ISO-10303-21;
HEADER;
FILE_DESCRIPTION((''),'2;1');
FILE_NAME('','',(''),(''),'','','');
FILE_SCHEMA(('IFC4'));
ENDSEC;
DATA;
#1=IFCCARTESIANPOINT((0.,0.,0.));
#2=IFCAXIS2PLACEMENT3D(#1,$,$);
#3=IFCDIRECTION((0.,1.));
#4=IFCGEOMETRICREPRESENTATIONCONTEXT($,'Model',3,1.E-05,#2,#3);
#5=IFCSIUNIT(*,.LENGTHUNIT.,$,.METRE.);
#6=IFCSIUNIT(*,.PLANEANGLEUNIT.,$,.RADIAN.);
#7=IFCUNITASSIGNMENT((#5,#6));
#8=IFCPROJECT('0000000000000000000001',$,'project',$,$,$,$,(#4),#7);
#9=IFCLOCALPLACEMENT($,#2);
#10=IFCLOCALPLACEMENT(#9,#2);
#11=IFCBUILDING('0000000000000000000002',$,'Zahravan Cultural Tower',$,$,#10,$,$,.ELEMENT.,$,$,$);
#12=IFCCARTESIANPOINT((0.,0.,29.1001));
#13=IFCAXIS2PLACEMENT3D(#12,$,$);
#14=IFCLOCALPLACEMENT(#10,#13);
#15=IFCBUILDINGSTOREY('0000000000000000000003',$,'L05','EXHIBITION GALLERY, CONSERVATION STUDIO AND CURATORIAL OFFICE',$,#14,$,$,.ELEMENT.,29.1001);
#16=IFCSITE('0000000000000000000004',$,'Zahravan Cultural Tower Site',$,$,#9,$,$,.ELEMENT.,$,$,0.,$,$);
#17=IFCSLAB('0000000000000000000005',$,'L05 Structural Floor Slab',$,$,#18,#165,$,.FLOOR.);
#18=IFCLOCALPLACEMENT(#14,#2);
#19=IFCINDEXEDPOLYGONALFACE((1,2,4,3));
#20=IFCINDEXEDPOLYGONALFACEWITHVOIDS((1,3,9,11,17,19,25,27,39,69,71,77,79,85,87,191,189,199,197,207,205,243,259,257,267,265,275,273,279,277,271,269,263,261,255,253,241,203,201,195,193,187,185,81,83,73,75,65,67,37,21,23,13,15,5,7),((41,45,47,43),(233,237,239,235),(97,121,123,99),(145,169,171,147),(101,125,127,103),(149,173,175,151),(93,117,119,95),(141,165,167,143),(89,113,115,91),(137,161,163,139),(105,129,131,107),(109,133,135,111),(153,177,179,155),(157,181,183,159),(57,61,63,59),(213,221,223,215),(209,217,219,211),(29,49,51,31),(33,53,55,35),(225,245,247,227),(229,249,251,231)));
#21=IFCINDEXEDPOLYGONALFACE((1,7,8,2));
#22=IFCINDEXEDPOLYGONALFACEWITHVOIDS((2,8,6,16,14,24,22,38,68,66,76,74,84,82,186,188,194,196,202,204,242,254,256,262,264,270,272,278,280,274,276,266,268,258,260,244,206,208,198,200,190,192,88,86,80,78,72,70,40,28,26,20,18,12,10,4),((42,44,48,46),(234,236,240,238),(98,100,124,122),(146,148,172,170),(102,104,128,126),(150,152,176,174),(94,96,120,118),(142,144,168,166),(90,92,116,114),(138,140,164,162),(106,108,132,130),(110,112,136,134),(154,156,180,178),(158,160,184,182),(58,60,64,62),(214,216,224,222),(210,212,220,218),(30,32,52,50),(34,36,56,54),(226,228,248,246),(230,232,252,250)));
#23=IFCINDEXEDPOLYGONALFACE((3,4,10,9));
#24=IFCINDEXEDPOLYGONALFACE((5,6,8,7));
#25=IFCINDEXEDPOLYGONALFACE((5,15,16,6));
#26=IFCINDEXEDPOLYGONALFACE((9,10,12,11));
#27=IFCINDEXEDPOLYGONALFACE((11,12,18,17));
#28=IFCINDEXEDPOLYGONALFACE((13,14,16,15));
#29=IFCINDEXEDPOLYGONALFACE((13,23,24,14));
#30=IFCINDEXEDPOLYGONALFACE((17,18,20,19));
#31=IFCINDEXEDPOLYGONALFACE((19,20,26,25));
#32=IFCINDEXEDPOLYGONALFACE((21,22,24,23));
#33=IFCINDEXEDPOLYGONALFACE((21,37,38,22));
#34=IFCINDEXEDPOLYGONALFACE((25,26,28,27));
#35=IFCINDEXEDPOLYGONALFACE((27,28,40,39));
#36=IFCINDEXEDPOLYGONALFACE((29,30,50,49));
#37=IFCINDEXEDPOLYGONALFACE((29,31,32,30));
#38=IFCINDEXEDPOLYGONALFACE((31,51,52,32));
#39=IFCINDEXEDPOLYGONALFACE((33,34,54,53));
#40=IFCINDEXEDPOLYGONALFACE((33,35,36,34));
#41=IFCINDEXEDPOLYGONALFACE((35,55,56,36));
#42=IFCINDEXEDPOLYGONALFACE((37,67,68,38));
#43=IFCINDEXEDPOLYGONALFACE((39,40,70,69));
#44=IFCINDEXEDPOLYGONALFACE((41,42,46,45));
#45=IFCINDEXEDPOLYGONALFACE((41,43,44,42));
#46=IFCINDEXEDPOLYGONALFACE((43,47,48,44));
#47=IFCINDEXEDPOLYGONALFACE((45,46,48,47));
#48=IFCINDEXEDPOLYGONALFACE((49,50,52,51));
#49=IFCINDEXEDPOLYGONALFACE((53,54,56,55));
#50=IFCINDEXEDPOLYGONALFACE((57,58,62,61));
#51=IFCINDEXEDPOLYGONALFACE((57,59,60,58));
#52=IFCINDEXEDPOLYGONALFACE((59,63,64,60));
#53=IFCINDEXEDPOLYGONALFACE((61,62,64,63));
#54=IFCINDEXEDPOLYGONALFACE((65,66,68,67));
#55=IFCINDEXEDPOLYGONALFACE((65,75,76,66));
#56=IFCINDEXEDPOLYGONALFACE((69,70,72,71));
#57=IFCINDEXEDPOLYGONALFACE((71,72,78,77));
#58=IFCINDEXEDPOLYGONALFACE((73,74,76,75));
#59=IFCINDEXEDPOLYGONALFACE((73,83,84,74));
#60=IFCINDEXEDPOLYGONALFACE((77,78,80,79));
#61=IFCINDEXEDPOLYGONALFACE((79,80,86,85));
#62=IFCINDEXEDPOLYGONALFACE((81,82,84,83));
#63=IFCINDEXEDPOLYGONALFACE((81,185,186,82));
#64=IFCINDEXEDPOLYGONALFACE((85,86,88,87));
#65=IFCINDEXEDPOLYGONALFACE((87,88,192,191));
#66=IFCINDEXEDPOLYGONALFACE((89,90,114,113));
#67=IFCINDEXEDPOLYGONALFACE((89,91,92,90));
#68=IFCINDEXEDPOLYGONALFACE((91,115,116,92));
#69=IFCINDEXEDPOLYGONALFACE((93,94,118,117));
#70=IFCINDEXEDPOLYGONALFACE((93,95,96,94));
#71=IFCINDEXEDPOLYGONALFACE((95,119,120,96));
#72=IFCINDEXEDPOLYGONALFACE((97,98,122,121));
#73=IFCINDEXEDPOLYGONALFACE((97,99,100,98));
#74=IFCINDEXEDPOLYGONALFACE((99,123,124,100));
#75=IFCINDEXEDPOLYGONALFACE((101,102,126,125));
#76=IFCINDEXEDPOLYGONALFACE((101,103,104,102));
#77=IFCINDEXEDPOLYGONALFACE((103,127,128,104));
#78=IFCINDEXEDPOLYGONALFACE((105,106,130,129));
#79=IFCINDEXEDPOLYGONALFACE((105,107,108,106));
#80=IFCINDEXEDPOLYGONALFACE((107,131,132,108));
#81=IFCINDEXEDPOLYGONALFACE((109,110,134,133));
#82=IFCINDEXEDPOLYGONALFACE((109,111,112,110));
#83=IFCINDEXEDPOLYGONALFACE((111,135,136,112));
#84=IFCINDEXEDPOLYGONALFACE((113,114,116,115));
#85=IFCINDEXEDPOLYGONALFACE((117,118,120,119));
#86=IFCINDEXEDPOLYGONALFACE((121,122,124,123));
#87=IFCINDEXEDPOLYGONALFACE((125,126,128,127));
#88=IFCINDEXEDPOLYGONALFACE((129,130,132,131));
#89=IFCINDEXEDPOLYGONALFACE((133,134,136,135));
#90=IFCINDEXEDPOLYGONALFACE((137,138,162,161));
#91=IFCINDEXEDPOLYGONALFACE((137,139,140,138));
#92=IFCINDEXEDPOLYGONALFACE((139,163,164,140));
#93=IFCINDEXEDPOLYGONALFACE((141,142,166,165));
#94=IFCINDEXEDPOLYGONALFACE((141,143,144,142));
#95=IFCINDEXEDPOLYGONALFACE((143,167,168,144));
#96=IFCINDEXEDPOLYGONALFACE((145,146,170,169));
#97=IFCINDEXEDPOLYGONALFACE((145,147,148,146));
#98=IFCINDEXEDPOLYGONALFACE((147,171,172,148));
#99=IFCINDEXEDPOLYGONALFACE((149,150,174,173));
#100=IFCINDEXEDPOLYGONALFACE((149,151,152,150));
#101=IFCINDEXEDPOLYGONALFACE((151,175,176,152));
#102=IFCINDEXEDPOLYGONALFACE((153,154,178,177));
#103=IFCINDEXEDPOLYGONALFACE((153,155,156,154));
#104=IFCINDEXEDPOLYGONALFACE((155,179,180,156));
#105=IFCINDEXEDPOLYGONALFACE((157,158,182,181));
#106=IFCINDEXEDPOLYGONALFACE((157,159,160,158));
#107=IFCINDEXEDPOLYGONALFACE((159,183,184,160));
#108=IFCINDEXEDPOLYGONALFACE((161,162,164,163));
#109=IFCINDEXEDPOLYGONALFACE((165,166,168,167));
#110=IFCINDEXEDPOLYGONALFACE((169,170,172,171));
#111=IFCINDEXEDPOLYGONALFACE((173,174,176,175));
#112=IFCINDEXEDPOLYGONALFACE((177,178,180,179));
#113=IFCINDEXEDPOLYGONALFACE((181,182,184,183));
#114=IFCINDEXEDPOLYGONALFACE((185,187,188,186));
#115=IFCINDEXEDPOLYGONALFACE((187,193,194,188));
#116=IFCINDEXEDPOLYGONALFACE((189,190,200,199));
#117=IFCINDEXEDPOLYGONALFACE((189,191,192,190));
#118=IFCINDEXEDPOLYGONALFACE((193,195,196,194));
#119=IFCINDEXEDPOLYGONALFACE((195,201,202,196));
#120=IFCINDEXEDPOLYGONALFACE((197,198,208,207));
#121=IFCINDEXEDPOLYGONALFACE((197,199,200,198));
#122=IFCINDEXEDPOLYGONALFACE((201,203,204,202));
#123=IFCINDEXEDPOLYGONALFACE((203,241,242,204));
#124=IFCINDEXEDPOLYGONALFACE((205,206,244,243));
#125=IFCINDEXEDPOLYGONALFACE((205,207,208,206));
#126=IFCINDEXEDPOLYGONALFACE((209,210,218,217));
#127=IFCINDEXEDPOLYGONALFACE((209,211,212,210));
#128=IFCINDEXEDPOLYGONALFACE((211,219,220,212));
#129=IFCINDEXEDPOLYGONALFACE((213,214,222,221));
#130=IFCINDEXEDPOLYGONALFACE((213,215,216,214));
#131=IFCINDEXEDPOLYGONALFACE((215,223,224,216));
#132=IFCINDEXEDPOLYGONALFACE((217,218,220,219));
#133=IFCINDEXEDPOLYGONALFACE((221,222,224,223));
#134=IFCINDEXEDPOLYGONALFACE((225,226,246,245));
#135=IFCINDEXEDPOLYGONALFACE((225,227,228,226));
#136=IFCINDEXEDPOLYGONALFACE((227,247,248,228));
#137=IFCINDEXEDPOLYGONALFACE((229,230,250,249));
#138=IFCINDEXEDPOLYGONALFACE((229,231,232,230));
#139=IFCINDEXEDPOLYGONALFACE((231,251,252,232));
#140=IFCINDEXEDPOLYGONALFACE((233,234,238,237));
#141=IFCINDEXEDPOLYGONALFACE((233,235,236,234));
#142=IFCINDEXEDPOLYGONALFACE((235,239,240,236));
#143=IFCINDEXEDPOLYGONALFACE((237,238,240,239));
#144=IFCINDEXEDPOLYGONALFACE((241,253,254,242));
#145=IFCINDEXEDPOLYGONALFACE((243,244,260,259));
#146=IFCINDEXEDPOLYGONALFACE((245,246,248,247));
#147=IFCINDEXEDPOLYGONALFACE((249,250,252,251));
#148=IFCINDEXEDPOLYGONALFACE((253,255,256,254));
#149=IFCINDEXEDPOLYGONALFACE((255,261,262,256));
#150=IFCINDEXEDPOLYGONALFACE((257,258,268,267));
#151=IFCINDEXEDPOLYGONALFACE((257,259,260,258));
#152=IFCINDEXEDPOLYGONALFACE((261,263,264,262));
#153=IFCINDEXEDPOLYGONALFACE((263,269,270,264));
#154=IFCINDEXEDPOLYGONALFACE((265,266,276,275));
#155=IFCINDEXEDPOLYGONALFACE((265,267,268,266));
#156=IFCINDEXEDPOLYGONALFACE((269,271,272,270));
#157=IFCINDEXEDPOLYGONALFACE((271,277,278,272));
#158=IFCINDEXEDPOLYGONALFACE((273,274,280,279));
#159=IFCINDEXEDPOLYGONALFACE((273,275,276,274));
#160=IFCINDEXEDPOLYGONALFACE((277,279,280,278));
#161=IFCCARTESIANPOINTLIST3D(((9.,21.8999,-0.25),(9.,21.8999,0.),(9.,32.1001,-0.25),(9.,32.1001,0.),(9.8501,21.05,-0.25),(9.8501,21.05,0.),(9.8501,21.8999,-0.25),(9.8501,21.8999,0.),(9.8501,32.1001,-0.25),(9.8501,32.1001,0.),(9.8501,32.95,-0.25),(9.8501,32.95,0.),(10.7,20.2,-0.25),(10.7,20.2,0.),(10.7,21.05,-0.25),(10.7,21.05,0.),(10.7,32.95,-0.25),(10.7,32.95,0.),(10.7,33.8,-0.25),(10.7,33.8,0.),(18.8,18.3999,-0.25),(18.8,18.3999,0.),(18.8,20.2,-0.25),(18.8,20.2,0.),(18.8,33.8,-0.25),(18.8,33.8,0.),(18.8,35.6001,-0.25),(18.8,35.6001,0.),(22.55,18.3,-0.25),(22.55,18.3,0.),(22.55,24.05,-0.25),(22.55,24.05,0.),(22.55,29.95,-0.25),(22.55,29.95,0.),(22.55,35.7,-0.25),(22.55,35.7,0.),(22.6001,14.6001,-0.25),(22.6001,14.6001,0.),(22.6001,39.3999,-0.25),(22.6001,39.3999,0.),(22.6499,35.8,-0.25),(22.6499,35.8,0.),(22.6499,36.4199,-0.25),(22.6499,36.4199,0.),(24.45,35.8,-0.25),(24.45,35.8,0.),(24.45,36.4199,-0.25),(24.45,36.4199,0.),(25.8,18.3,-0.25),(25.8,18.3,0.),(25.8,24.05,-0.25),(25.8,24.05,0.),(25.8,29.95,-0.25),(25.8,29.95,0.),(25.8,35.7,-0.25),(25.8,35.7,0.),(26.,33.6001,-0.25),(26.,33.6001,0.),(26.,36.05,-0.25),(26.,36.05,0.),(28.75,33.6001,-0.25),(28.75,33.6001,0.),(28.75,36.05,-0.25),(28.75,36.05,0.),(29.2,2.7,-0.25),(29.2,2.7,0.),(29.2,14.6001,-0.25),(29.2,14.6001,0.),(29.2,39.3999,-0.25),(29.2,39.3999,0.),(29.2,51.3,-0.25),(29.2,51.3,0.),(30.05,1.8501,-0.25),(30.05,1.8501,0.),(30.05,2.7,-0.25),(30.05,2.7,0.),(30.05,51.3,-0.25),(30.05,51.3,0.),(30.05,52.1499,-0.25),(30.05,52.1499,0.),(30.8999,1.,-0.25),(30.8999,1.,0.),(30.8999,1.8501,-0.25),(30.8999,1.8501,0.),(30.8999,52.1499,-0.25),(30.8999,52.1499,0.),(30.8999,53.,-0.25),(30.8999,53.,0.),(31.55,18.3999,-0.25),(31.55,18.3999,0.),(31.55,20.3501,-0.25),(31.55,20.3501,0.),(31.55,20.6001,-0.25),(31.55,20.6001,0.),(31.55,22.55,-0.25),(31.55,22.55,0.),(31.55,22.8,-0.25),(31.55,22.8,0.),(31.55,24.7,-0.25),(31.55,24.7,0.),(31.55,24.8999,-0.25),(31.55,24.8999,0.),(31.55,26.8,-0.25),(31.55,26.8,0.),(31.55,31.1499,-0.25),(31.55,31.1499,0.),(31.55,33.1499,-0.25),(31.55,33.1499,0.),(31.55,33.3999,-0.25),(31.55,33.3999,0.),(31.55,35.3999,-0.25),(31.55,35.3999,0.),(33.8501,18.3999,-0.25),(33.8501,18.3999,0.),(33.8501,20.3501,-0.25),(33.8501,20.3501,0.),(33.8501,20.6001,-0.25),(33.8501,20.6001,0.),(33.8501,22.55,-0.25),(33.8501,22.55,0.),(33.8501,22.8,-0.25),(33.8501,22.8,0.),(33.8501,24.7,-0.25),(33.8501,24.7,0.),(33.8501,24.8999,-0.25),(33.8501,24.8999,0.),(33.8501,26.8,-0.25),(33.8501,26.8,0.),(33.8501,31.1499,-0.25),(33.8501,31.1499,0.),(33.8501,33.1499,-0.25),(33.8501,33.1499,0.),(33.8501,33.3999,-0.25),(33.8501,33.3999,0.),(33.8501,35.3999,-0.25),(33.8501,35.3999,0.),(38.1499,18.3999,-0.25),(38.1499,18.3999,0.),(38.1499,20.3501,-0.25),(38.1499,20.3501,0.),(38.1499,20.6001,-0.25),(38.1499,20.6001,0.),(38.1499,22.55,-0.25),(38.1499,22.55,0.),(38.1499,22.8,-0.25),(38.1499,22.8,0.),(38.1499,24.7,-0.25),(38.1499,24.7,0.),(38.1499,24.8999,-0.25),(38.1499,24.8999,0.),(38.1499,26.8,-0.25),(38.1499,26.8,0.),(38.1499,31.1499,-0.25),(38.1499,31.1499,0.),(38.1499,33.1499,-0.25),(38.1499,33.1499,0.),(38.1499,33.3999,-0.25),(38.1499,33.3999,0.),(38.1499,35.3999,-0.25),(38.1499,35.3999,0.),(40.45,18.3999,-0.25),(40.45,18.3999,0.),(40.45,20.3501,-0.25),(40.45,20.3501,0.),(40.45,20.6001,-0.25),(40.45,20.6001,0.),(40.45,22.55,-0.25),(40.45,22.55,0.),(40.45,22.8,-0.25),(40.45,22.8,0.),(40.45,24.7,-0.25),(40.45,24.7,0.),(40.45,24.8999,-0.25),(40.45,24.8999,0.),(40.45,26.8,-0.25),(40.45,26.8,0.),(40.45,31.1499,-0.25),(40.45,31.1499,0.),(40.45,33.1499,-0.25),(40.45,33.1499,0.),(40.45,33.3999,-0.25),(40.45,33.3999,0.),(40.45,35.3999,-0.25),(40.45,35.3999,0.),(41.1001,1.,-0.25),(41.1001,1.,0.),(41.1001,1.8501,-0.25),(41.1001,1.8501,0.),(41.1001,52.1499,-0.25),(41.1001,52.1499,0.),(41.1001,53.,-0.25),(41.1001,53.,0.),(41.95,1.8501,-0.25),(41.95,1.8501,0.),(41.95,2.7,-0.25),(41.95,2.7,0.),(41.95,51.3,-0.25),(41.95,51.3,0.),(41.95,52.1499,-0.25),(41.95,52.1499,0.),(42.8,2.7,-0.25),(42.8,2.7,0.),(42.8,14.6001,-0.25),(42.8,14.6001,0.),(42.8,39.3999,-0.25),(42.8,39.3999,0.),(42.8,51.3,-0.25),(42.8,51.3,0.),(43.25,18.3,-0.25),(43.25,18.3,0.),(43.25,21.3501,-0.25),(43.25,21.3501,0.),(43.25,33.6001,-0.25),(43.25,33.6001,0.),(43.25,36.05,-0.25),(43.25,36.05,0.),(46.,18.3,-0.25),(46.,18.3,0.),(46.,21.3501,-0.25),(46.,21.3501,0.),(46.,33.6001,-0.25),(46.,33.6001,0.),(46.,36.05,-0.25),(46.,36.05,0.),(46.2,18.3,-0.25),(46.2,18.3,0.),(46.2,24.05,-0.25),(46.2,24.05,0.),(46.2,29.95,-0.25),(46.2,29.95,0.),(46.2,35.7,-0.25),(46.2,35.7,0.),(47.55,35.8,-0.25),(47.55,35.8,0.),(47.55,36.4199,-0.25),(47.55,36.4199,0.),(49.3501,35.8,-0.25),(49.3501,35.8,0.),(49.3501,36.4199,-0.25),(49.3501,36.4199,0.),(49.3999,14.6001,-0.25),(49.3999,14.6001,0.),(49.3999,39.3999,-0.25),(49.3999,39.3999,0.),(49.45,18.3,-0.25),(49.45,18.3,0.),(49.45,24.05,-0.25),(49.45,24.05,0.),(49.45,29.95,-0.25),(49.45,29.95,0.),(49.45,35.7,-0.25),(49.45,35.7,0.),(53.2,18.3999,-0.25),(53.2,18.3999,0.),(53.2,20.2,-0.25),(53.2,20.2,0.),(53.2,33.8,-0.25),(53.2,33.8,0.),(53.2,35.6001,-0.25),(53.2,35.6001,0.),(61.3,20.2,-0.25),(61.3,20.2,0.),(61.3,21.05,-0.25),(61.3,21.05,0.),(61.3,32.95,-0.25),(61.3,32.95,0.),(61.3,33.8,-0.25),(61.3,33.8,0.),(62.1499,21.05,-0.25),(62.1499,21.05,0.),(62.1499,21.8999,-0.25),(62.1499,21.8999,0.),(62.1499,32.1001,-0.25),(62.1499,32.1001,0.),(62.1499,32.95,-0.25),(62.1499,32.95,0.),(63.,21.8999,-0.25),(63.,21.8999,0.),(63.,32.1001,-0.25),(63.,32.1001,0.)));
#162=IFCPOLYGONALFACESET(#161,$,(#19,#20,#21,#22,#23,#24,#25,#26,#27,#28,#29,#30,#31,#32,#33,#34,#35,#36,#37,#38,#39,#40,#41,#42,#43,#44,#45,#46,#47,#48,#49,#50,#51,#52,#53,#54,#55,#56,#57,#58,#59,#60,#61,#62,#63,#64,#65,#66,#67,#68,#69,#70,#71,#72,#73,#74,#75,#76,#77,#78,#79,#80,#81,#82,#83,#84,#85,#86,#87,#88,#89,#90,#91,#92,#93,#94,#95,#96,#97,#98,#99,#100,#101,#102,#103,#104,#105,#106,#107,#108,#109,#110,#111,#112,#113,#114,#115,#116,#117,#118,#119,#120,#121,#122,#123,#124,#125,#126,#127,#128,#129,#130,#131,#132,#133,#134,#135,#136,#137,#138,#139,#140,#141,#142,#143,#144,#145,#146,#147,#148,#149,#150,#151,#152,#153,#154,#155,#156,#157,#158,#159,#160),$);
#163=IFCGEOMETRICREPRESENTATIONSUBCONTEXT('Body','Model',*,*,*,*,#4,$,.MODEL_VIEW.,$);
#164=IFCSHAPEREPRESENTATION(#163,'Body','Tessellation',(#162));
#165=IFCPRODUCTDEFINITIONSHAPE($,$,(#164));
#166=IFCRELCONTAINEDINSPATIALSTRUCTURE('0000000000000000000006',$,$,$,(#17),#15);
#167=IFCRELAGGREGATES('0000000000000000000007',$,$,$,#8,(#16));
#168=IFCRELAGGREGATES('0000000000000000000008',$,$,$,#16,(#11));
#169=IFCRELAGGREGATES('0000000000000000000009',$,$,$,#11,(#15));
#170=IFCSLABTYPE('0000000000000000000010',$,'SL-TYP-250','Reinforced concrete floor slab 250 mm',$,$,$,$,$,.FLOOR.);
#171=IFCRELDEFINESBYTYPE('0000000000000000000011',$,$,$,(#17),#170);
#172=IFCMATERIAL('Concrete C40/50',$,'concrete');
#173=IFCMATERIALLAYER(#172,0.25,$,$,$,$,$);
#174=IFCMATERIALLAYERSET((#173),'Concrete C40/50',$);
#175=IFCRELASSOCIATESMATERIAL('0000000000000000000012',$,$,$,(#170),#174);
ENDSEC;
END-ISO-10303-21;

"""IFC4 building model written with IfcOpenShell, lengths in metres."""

from ifc_helpers import new_model, si_unit, direction, frame, origin, place, context, subcontext, project, spatial, polyline, outline, extrude, material, layer, layer_set, type_object, element, save


model = new_model("IFC4")

# Units and contexts
model_context = context("Model", 3, precision=1e-05, world=origin(), true_north=direction((0.0, 1.0)))
body_context = subcontext(model_context, "Body", "Model", "MODEL_VIEW")
ifc_project = project(units=[si_unit("LENGTHUNIT", "METRE"), si_unit("PLANEANGLEUNIT", "RADIAN")], contexts=[model_context])

# Site, building, storey
site_placement = place(None, origin())
site = spatial("IfcSite", under=ifc_project, at=site_placement, Name="Zahravan Cultural Tower Site", CompositionType="ELEMENT", RefElevation=0.0)
building_placement = place(site_placement, origin())
building = spatial("IfcBuilding", under=site, at=building_placement, Name="Zahravan Cultural Tower", CompositionType="ELEMENT")
storey_placement = place(building_placement, frame((0.0, 0.0, 29.1001)))
storey = spatial("IfcBuildingStorey", under=building, at=storey_placement, Name="L05", Description="EXHIBITION GALLERY, CONSERVATION STUDIO AND CURATORIAL OFFICE", CompositionType="ELEMENT", Elevation=29.1001)

# Slab
ifc_material_1 = material(Name="Concrete C40/50", Category="concrete")
ifc_layer_1 = layer(ifc_material_1, 0.25)
ifc_layer_set_1 = layer_set([ifc_layer_1], Name="Concrete C40/50")
slab_type_1 = type_object("IfcSlabType", Name="SL-TYP-250", Description="Reinforced concrete floor slab 250 mm", PredefinedType="FLOOR", material=ifc_layer_set_1)
slab_1_placement = place(storey_placement, frame((0.0, 0.0, -0.25)))
element("IfcSlab", 1, at=slab_1_placement, inside=storey, type_object=slab_type_1, Name="L05 Structural Floor Slab", PredefinedType="FLOOR", context=body_context, shape_type="SweptSolid", body=[
    extrude(outline(polyline([(53.2, 33.8), (53.2, 35.6001), (49.3999, 39.3999), (42.8, 39.3999), (42.8, 51.3), (41.95, 51.3), (41.95, 52.1499), (41.1001, 52.1499), (41.1001, 53.0), (30.8999, 53.0), (30.8999, 52.1499), (30.05, 52.1499), (30.05, 51.3), (29.2, 51.3), (29.2, 39.3999), (22.6001, 39.3999), (18.8, 35.6001), (18.8, 33.8), (10.7, 33.8), (10.7, 32.95), (9.8501, 32.95), (9.8501, 32.1001), (9.0, 32.1001), (9.0, 21.8999), (9.8501, 21.8999), (9.8501, 21.05), (10.7, 21.05), (10.7, 20.2), (18.8, 20.2), (18.8, 18.3999), (22.6001, 14.6001), (29.2, 14.6001), (29.2, 2.7), (30.05, 2.7), (30.05, 1.8501), (30.8999, 1.8501), (30.8999, 1.0), (41.1001, 1.0), (41.1001, 1.8501), (41.95, 1.8501), (41.95, 2.7), (42.8, 2.7), (42.8, 14.6001), (49.3999, 14.6001), (53.2, 18.3999), (53.2, 20.2), (61.3, 20.2), (61.3, 21.05), (62.1499, 21.05), (62.1499, 21.8999), (63.0, 21.8999), (63.0, 32.1001), (62.1499, 32.1001), (62.1499, 32.95), (61.3, 32.95), (61.3, 33.8), (53.2, 33.8)]), holes=[polyline([(22.55, 29.95), (22.55, 35.7), (25.8, 35.7), (25.8, 29.95), (22.55, 29.95)]), polyline([(22.55, 18.3), (22.55, 24.05), (25.8, 24.05), (25.8, 18.3), (22.55, 18.3)]), polyline([(46.2, 29.95), (46.2, 35.7), (49.45, 35.7), (49.45, 29.95), (46.2, 29.95)]), polyline([(46.2, 18.3), (46.2, 24.05), (49.45, 24.05), (49.45, 18.3), (46.2, 18.3)]), polyline([(26.0, 33.6001), (26.0, 36.05), (28.75, 36.05), (28.75, 33.6001), (26.0, 33.6001)]), polyline([(43.25, 33.6001), (43.25, 36.05), (46.0, 36.05), (46.0, 33.6001), (43.25, 33.6001)]), polyline([(43.25, 18.3), (43.25, 21.3501), (46.0, 21.3501), (46.0, 18.3), (43.25, 18.3)]), polyline([(31.55, 33.3999), (31.55, 35.3999), (33.8501, 35.3999), (33.8501, 33.3999), (31.55, 33.3999)]), polyline([(31.55, 31.1499), (31.55, 33.1499), (33.8501, 33.1499), (33.8501, 31.1499), (31.55, 31.1499)]), polyline([(38.1499, 33.3999), (38.1499, 35.3999), (40.45, 35.3999), (40.45, 33.3999), (38.1499, 33.3999)]), polyline([(38.1499, 31.1499), (38.1499, 33.1499), (40.45, 33.1499), (40.45, 31.1499), (38.1499, 31.1499)]), polyline([(31.55, 20.6001), (31.55, 22.55), (33.8501, 22.55), (33.8501, 20.6001), (31.55, 20.6001)]), polyline([(31.55, 18.3999), (31.55, 20.3501), (33.8501, 20.3501), (33.8501, 18.3999), (31.55, 18.3999)]), polyline([(38.1499, 20.6001), (38.1499, 22.55), (40.45, 22.55), (40.45, 20.6001), (38.1499, 20.6001)]), polyline([(38.1499, 18.3999), (38.1499, 20.3501), (40.45, 20.3501), (40.45, 18.3999), (38.1499, 18.3999)]), polyline([(31.55, 24.8999), (31.55, 26.8), (33.8501, 26.8), (33.8501, 24.8999), (31.55, 24.8999)]), polyline([(31.55, 22.8), (31.55, 24.7), (33.8501, 24.7), (33.8501, 22.8), (31.55, 22.8)]), polyline([(38.1499, 24.8999), (38.1499, 26.8), (40.45, 26.8), (40.45, 24.8999), (38.1499, 24.8999)]), polyline([(38.1499, 22.8), (38.1499, 24.7), (40.45, 24.7), (40.45, 22.8), (38.1499, 22.8)]), polyline([(22.6499, 35.8), (22.6499, 36.4199), (24.45, 36.4199), (24.45, 35.8), (22.6499, 35.8)]), polyline([(47.55, 35.8), (47.55, 36.4199), (49.3501, 36.4199), (49.3501, 35.8), (47.55, 35.8)])]), origin(), (0.0, 0.0, 1.0), 0.25),
])

save(model, "model.ifc")
